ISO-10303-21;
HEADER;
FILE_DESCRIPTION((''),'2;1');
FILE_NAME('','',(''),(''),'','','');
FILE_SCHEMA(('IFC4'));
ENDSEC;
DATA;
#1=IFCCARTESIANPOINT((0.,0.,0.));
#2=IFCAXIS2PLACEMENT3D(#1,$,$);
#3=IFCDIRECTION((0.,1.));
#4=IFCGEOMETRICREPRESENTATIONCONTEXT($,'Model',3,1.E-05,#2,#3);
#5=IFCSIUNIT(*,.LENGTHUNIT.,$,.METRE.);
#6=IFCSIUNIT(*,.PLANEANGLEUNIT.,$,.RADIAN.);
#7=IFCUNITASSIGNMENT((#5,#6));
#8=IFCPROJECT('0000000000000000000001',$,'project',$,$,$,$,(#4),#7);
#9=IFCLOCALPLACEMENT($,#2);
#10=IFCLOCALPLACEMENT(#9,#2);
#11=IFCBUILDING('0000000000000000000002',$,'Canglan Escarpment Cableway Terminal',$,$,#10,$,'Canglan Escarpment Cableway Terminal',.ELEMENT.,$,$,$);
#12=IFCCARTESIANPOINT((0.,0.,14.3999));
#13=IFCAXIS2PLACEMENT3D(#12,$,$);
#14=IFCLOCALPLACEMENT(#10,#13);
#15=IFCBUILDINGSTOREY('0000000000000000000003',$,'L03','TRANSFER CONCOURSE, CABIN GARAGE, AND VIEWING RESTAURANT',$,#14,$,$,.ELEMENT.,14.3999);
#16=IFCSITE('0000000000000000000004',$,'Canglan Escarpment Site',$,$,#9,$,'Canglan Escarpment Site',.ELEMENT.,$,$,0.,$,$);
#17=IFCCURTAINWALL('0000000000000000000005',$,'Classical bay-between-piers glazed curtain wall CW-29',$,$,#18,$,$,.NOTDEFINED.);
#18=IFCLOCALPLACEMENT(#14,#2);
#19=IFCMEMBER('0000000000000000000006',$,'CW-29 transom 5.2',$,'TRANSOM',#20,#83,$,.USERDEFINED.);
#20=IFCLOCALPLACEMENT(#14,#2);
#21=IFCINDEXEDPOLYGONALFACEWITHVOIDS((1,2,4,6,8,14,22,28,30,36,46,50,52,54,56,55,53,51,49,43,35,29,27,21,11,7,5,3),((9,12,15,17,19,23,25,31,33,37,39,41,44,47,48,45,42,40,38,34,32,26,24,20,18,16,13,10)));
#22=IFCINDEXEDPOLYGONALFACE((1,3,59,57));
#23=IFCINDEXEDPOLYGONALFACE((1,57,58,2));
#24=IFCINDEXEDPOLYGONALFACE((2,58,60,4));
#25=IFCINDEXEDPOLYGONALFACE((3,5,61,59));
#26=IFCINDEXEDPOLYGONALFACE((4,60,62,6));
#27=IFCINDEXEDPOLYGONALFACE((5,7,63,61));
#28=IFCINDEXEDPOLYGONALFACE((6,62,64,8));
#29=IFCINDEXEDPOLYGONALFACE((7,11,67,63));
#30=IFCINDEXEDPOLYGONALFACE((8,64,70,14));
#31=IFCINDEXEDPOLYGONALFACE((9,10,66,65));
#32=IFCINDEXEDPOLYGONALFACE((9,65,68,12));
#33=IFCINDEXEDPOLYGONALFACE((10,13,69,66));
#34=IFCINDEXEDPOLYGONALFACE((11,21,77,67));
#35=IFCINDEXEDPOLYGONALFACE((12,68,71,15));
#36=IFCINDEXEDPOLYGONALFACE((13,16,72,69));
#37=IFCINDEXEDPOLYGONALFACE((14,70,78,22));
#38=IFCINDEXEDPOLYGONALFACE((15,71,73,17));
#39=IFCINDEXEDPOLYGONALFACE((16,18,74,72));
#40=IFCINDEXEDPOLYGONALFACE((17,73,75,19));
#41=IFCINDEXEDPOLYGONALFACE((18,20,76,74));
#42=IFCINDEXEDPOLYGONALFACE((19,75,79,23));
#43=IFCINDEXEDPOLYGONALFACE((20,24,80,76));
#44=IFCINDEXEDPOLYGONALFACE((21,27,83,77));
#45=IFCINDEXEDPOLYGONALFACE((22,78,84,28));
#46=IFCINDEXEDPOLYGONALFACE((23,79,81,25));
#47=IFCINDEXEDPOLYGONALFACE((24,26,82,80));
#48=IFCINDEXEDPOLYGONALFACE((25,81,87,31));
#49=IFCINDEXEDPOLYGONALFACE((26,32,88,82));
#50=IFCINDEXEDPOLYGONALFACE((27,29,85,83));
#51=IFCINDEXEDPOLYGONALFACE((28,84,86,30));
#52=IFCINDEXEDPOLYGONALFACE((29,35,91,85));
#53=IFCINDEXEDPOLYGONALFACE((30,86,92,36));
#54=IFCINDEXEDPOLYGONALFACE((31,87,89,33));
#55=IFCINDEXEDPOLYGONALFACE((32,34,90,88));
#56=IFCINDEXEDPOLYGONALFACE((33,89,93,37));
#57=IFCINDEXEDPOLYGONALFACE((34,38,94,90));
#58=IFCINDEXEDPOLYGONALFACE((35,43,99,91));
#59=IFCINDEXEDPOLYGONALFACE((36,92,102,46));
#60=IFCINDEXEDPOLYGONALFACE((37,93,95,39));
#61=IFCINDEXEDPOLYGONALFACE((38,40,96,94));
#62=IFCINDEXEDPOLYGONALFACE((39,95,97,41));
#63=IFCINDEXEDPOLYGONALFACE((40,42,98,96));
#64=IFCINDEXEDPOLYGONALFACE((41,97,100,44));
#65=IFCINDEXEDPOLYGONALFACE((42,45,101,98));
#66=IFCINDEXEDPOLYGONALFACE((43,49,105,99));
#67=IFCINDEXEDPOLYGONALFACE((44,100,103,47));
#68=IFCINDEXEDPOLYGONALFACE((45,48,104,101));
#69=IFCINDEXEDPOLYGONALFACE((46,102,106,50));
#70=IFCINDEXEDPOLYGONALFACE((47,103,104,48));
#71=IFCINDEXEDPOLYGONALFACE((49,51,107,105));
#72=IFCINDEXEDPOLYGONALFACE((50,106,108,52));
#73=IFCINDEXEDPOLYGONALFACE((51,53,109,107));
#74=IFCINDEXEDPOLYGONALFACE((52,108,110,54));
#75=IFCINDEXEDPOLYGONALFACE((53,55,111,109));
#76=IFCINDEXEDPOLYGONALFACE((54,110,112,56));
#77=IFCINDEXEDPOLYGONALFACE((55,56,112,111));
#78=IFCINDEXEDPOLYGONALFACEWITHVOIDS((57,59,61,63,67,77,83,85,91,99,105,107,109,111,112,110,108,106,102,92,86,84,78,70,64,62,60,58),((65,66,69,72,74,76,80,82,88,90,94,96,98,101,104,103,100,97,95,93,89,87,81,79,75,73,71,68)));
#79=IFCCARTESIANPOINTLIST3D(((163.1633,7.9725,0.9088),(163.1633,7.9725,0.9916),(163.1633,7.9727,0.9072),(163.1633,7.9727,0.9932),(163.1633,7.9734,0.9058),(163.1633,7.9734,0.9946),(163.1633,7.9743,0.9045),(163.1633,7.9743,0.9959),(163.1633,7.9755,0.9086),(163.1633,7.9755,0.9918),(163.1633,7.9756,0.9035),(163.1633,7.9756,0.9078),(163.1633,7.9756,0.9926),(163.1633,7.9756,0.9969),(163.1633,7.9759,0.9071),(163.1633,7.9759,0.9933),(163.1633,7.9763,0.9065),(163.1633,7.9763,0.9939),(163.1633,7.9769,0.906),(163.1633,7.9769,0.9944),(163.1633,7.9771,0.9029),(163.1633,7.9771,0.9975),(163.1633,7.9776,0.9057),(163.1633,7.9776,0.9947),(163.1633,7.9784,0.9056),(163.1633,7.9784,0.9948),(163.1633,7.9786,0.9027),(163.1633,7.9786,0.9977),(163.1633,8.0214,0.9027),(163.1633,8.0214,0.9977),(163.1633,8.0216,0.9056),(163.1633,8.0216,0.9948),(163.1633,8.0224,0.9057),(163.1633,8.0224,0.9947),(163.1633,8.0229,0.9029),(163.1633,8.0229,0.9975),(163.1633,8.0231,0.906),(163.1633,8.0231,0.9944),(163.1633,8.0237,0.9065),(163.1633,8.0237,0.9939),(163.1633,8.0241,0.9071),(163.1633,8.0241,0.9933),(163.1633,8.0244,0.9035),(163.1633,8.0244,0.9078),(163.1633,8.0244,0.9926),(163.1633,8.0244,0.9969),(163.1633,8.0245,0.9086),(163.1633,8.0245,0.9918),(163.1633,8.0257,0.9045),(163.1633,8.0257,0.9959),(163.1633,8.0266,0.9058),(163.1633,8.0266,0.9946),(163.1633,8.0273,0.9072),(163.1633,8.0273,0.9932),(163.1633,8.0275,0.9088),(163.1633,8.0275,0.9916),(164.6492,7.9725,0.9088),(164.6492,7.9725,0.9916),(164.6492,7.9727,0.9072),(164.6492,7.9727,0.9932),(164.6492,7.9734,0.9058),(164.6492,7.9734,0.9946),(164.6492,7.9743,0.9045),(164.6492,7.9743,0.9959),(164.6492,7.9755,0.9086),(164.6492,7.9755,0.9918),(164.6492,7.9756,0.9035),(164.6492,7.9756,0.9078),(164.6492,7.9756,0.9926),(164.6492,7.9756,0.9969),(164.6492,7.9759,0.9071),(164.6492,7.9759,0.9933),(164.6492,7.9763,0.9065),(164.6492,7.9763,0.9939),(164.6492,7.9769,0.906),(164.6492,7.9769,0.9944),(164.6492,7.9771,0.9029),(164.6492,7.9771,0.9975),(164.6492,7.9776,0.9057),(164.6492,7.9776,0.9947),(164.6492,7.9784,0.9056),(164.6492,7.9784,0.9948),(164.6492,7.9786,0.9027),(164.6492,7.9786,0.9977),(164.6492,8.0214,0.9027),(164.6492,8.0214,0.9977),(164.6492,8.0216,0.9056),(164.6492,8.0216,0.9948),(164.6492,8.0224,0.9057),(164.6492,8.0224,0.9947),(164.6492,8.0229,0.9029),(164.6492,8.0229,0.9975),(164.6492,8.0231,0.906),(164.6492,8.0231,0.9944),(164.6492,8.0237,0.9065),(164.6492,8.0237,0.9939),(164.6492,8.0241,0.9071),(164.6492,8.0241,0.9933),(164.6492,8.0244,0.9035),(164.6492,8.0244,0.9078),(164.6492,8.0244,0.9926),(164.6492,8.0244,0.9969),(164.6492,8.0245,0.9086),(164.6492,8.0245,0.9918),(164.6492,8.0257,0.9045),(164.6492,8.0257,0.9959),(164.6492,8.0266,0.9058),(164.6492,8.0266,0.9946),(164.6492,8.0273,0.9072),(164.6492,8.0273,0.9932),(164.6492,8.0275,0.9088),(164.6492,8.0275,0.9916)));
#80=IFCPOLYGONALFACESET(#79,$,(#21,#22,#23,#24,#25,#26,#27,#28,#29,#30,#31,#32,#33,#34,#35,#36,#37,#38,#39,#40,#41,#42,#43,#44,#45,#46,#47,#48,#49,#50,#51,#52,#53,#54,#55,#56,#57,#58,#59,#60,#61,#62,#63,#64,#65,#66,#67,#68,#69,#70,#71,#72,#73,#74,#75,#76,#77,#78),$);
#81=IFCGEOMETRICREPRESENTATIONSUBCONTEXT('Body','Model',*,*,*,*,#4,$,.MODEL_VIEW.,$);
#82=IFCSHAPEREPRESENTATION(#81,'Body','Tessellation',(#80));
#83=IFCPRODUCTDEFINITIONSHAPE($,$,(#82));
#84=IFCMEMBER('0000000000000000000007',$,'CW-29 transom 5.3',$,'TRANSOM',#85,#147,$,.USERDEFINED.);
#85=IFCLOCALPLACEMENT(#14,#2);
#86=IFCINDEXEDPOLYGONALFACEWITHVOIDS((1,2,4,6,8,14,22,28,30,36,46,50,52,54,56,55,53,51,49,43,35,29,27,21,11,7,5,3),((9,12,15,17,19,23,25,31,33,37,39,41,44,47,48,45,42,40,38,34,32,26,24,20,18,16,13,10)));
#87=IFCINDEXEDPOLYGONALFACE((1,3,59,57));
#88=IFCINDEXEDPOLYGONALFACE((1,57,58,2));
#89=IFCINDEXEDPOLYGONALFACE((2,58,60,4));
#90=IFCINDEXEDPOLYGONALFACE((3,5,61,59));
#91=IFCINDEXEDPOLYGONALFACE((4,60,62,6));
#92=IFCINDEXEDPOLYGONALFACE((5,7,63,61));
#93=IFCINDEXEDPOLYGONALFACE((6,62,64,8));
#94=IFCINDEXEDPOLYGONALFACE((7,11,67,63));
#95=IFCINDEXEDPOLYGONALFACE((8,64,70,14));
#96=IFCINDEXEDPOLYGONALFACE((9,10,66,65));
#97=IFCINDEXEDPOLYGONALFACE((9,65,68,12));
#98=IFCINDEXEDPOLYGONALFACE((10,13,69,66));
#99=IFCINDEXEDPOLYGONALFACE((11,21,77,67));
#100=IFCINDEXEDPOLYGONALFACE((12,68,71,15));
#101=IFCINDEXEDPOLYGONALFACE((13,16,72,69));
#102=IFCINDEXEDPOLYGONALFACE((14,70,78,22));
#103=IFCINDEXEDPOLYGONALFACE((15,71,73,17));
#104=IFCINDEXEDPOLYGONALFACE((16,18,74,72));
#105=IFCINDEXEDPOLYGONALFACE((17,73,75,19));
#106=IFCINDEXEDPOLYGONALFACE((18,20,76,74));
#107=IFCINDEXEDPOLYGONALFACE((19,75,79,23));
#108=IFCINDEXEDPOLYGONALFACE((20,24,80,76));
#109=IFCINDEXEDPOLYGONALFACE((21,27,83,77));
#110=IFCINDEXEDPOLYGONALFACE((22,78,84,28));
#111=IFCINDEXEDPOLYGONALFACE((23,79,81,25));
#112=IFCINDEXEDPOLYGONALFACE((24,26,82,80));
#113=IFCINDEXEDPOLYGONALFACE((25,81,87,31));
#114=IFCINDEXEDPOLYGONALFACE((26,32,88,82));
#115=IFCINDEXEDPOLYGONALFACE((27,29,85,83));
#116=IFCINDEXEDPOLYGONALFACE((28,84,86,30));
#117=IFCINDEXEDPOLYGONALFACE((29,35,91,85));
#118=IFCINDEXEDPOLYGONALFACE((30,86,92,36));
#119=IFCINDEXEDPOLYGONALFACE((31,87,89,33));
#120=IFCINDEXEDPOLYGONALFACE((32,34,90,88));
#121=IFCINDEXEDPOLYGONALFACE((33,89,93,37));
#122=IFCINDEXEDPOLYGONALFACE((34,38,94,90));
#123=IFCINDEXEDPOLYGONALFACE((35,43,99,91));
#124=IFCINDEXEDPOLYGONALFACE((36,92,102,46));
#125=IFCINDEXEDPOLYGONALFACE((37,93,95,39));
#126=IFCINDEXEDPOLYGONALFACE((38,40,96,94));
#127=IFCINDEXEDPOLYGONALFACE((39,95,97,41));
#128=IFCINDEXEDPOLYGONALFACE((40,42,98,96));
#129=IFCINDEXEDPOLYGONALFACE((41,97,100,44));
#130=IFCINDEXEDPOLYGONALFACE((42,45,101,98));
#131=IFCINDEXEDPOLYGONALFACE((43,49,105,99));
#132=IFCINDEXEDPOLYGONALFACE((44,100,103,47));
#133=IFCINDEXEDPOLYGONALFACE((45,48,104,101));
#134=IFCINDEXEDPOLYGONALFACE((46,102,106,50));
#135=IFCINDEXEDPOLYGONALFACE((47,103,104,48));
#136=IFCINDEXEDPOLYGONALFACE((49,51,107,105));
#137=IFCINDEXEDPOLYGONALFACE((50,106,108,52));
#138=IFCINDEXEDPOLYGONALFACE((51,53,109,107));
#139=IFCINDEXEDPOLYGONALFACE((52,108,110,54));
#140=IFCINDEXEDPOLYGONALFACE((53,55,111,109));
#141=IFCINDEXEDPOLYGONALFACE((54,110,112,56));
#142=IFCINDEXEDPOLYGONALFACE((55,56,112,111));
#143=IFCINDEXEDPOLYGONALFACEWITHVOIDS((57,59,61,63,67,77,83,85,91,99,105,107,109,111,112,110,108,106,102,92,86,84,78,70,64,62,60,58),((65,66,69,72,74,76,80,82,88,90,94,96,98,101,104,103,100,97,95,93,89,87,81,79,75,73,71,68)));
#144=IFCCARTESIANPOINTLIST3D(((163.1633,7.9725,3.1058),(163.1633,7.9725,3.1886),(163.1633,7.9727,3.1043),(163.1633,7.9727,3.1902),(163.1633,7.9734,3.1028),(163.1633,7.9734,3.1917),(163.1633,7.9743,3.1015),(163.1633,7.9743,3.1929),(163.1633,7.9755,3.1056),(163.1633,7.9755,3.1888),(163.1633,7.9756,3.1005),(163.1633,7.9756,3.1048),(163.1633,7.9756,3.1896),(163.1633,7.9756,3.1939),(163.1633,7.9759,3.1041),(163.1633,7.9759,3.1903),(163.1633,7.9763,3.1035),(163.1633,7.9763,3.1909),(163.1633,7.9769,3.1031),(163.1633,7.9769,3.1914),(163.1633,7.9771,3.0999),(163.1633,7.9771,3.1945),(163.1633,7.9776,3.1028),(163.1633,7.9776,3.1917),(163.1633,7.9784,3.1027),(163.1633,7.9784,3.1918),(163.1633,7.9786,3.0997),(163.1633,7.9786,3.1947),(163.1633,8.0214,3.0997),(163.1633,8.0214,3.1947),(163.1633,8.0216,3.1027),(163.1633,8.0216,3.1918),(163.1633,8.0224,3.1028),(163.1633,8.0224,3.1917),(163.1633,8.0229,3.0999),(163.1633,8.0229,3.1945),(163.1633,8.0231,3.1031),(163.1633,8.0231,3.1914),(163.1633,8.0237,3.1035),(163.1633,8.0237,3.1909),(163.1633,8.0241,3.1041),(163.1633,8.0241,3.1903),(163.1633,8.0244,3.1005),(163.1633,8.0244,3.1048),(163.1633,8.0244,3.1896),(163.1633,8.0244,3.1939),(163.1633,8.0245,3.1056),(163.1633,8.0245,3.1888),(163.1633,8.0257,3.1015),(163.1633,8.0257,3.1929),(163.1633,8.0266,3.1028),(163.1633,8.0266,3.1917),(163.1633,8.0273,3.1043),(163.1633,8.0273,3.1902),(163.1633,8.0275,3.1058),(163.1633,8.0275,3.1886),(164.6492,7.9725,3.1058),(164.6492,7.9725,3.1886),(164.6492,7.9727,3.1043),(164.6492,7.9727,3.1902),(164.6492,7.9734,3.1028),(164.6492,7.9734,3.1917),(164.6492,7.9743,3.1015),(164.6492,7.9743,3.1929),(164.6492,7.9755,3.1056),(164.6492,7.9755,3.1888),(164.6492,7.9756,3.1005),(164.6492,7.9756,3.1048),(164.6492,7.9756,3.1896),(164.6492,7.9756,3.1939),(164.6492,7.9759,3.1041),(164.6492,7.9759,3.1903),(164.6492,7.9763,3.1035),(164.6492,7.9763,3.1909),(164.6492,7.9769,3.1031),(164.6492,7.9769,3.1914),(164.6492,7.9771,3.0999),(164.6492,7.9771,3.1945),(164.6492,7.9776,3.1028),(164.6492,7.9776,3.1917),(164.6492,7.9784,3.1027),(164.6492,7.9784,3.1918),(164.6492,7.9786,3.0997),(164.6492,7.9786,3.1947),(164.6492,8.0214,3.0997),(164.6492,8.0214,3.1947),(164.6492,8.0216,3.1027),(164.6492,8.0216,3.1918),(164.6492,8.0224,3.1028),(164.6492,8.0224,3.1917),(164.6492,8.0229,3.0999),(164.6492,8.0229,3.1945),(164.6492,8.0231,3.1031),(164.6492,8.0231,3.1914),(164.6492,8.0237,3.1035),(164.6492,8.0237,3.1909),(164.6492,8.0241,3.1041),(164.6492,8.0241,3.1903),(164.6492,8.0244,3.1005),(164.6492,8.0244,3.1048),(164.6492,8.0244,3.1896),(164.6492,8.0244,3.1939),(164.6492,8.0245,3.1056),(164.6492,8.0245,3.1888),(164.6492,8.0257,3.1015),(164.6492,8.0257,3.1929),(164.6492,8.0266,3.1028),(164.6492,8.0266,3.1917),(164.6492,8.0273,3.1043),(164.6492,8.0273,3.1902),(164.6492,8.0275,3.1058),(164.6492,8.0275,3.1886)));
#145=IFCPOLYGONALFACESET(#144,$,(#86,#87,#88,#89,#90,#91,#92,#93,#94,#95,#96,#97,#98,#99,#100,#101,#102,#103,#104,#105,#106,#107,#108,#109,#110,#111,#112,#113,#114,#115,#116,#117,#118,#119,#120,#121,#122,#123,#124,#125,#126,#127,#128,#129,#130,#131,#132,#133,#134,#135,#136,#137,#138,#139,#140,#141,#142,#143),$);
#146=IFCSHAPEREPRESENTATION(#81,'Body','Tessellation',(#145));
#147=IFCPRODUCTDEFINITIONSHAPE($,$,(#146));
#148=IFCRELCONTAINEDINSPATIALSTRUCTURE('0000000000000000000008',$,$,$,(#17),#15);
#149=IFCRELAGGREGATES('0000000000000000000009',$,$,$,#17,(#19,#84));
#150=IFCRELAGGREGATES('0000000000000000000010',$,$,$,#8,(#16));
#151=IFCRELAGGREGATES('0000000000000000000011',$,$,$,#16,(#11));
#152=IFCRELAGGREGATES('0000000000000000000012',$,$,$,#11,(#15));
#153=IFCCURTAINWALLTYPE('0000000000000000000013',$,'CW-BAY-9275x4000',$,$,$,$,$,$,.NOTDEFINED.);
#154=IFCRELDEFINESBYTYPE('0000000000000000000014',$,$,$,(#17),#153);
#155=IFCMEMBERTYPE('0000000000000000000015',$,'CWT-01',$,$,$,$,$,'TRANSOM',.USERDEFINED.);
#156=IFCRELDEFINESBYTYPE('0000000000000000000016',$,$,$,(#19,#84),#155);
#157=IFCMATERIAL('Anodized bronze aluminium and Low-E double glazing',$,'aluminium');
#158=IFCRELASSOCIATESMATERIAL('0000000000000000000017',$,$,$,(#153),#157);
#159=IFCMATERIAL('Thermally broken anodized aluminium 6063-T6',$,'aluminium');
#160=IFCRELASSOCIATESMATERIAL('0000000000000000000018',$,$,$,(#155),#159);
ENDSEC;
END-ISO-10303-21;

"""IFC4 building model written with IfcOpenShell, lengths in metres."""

from ifc_helpers import new_model, si_unit, direction, frame, origin, origin_2d, place, context, subcontext, project, spatial, hollow_rectangle, extrude, material, material_profile, profile_set, type_object, element, aggregate, save


model = new_model("IFC4")

# Units and contexts
model_context = context("Model", 3, precision=1e-05, world=origin(), true_north=direction((0.0, 1.0)))
body_context = subcontext(model_context, "Body", "Model", "MODEL_VIEW")
ifc_project = project(units=[si_unit("LENGTHUNIT", "METRE"), si_unit("PLANEANGLEUNIT", "RADIAN")], contexts=[model_context])

# Site, building, storey
site_placement = place(None, origin())
site = spatial("IfcSite", under=ifc_project, at=site_placement, Name="Canglan Escarpment Site", LongName="Canglan Escarpment Site", CompositionType="ELEMENT", RefElevation=0.0)
building_placement = place(site_placement, origin())
building = spatial("IfcBuilding", under=site, at=building_placement, Name="Canglan Escarpment Cableway Terminal", LongName="Canglan Escarpment Cableway Terminal", CompositionType="ELEMENT")
storey_placement = place(building_placement, frame((0.0, 0.0, 14.3999)))
storey = spatial("IfcBuildingStorey", under=building, at=storey_placement, Name="L03", Description="TRANSFER CONCOURSE, CABIN GARAGE, AND VIEWING RESTAURANT", CompositionType="ELEMENT", Elevation=14.3999)

# Curtain wall, members
ifc_material_1 = material(Name="Anodized bronze aluminium and Low-E double glazing", Category="aluminium")
curtain_wall_type = type_object("IfcCurtainWallType", Name="CW-BAY-9275x4000", PredefinedType="NOTDEFINED", material=ifc_material_1)
curtain_wall_placement = place(storey_placement, origin())
curtain_wall = element("IfcCurtainWall", 1, at=curtain_wall_placement, inside=storey, type_object=curtain_wall_type, Name="Classical bay-between-piers glazed curtain wall CW-29", PredefinedType="NOTDEFINED")
ifc_material_2 = material(Name="Thermally broken anodized aluminium 6063-T6", Category="aluminium")
ifc_material_profile_1 = material_profile(ifc_material_2, hollow_rectangle(XDim=0.0549, YDim=0.095, WallThickness=0.0029, InnerFilletRadius=0.0029, OuterFilletRadius=0.0061, at=origin_2d()), Name="ALU-TRAN 55x95x3")
ifc_profile_set_1 = profile_set([ifc_material_profile_1], Name="Thermally broken anodized aluminium 6063-T6")
member_type_1 = type_object("IfcMemberType", Name="CWT-01", ElementType="TRANSOM", PredefinedType="USERDEFINED", material=ifc_profile_set_1)
member_1_placement = place(storey_placement, frame((163.1633, 8.0, 0.9502), z_axis=(1.0, 0.0, 0.0), x_axis=(0.0, 1.0, 0.0)))
member_1 = element("IfcMember", 2, at=member_1_placement, type_object=member_type_1, Name="CW-29 transom 5.2", ObjectType="TRANSOM", PredefinedType="USERDEFINED", context=body_context, shape_type="SweptSolid", body=[
    extrude(hollow_rectangle(XDim=0.0549, YDim=0.095, WallThickness=0.0029, InnerFilletRadius=0.0029, OuterFilletRadius=0.0061, at=origin_2d()), origin(), (0.0, 0.0, 1.0), 1.4858),
])
member_2_placement = place(storey_placement, frame((163.1633, 8.0, 3.1472), z_axis=(1.0, 0.0, 0.0), x_axis=(0.0, 1.0, 0.0)))
member_2 = element("IfcMember", 3, at=member_2_placement, type_object=member_type_1, Name="CW-29 transom 5.3", ObjectType="TRANSOM", PredefinedType="USERDEFINED", context=body_context, shape_type="SweptSolid", body=[
    extrude(hollow_rectangle(XDim=0.0549, YDim=0.095, WallThickness=0.0029, InnerFilletRadius=0.0029, OuterFilletRadius=0.0061, at=origin_2d()), origin(), (0.0, 0.0, 1.0), 1.4858),
])
aggregate(curtain_wall, [member_1, member_2])

save(model, "model.ifc")
